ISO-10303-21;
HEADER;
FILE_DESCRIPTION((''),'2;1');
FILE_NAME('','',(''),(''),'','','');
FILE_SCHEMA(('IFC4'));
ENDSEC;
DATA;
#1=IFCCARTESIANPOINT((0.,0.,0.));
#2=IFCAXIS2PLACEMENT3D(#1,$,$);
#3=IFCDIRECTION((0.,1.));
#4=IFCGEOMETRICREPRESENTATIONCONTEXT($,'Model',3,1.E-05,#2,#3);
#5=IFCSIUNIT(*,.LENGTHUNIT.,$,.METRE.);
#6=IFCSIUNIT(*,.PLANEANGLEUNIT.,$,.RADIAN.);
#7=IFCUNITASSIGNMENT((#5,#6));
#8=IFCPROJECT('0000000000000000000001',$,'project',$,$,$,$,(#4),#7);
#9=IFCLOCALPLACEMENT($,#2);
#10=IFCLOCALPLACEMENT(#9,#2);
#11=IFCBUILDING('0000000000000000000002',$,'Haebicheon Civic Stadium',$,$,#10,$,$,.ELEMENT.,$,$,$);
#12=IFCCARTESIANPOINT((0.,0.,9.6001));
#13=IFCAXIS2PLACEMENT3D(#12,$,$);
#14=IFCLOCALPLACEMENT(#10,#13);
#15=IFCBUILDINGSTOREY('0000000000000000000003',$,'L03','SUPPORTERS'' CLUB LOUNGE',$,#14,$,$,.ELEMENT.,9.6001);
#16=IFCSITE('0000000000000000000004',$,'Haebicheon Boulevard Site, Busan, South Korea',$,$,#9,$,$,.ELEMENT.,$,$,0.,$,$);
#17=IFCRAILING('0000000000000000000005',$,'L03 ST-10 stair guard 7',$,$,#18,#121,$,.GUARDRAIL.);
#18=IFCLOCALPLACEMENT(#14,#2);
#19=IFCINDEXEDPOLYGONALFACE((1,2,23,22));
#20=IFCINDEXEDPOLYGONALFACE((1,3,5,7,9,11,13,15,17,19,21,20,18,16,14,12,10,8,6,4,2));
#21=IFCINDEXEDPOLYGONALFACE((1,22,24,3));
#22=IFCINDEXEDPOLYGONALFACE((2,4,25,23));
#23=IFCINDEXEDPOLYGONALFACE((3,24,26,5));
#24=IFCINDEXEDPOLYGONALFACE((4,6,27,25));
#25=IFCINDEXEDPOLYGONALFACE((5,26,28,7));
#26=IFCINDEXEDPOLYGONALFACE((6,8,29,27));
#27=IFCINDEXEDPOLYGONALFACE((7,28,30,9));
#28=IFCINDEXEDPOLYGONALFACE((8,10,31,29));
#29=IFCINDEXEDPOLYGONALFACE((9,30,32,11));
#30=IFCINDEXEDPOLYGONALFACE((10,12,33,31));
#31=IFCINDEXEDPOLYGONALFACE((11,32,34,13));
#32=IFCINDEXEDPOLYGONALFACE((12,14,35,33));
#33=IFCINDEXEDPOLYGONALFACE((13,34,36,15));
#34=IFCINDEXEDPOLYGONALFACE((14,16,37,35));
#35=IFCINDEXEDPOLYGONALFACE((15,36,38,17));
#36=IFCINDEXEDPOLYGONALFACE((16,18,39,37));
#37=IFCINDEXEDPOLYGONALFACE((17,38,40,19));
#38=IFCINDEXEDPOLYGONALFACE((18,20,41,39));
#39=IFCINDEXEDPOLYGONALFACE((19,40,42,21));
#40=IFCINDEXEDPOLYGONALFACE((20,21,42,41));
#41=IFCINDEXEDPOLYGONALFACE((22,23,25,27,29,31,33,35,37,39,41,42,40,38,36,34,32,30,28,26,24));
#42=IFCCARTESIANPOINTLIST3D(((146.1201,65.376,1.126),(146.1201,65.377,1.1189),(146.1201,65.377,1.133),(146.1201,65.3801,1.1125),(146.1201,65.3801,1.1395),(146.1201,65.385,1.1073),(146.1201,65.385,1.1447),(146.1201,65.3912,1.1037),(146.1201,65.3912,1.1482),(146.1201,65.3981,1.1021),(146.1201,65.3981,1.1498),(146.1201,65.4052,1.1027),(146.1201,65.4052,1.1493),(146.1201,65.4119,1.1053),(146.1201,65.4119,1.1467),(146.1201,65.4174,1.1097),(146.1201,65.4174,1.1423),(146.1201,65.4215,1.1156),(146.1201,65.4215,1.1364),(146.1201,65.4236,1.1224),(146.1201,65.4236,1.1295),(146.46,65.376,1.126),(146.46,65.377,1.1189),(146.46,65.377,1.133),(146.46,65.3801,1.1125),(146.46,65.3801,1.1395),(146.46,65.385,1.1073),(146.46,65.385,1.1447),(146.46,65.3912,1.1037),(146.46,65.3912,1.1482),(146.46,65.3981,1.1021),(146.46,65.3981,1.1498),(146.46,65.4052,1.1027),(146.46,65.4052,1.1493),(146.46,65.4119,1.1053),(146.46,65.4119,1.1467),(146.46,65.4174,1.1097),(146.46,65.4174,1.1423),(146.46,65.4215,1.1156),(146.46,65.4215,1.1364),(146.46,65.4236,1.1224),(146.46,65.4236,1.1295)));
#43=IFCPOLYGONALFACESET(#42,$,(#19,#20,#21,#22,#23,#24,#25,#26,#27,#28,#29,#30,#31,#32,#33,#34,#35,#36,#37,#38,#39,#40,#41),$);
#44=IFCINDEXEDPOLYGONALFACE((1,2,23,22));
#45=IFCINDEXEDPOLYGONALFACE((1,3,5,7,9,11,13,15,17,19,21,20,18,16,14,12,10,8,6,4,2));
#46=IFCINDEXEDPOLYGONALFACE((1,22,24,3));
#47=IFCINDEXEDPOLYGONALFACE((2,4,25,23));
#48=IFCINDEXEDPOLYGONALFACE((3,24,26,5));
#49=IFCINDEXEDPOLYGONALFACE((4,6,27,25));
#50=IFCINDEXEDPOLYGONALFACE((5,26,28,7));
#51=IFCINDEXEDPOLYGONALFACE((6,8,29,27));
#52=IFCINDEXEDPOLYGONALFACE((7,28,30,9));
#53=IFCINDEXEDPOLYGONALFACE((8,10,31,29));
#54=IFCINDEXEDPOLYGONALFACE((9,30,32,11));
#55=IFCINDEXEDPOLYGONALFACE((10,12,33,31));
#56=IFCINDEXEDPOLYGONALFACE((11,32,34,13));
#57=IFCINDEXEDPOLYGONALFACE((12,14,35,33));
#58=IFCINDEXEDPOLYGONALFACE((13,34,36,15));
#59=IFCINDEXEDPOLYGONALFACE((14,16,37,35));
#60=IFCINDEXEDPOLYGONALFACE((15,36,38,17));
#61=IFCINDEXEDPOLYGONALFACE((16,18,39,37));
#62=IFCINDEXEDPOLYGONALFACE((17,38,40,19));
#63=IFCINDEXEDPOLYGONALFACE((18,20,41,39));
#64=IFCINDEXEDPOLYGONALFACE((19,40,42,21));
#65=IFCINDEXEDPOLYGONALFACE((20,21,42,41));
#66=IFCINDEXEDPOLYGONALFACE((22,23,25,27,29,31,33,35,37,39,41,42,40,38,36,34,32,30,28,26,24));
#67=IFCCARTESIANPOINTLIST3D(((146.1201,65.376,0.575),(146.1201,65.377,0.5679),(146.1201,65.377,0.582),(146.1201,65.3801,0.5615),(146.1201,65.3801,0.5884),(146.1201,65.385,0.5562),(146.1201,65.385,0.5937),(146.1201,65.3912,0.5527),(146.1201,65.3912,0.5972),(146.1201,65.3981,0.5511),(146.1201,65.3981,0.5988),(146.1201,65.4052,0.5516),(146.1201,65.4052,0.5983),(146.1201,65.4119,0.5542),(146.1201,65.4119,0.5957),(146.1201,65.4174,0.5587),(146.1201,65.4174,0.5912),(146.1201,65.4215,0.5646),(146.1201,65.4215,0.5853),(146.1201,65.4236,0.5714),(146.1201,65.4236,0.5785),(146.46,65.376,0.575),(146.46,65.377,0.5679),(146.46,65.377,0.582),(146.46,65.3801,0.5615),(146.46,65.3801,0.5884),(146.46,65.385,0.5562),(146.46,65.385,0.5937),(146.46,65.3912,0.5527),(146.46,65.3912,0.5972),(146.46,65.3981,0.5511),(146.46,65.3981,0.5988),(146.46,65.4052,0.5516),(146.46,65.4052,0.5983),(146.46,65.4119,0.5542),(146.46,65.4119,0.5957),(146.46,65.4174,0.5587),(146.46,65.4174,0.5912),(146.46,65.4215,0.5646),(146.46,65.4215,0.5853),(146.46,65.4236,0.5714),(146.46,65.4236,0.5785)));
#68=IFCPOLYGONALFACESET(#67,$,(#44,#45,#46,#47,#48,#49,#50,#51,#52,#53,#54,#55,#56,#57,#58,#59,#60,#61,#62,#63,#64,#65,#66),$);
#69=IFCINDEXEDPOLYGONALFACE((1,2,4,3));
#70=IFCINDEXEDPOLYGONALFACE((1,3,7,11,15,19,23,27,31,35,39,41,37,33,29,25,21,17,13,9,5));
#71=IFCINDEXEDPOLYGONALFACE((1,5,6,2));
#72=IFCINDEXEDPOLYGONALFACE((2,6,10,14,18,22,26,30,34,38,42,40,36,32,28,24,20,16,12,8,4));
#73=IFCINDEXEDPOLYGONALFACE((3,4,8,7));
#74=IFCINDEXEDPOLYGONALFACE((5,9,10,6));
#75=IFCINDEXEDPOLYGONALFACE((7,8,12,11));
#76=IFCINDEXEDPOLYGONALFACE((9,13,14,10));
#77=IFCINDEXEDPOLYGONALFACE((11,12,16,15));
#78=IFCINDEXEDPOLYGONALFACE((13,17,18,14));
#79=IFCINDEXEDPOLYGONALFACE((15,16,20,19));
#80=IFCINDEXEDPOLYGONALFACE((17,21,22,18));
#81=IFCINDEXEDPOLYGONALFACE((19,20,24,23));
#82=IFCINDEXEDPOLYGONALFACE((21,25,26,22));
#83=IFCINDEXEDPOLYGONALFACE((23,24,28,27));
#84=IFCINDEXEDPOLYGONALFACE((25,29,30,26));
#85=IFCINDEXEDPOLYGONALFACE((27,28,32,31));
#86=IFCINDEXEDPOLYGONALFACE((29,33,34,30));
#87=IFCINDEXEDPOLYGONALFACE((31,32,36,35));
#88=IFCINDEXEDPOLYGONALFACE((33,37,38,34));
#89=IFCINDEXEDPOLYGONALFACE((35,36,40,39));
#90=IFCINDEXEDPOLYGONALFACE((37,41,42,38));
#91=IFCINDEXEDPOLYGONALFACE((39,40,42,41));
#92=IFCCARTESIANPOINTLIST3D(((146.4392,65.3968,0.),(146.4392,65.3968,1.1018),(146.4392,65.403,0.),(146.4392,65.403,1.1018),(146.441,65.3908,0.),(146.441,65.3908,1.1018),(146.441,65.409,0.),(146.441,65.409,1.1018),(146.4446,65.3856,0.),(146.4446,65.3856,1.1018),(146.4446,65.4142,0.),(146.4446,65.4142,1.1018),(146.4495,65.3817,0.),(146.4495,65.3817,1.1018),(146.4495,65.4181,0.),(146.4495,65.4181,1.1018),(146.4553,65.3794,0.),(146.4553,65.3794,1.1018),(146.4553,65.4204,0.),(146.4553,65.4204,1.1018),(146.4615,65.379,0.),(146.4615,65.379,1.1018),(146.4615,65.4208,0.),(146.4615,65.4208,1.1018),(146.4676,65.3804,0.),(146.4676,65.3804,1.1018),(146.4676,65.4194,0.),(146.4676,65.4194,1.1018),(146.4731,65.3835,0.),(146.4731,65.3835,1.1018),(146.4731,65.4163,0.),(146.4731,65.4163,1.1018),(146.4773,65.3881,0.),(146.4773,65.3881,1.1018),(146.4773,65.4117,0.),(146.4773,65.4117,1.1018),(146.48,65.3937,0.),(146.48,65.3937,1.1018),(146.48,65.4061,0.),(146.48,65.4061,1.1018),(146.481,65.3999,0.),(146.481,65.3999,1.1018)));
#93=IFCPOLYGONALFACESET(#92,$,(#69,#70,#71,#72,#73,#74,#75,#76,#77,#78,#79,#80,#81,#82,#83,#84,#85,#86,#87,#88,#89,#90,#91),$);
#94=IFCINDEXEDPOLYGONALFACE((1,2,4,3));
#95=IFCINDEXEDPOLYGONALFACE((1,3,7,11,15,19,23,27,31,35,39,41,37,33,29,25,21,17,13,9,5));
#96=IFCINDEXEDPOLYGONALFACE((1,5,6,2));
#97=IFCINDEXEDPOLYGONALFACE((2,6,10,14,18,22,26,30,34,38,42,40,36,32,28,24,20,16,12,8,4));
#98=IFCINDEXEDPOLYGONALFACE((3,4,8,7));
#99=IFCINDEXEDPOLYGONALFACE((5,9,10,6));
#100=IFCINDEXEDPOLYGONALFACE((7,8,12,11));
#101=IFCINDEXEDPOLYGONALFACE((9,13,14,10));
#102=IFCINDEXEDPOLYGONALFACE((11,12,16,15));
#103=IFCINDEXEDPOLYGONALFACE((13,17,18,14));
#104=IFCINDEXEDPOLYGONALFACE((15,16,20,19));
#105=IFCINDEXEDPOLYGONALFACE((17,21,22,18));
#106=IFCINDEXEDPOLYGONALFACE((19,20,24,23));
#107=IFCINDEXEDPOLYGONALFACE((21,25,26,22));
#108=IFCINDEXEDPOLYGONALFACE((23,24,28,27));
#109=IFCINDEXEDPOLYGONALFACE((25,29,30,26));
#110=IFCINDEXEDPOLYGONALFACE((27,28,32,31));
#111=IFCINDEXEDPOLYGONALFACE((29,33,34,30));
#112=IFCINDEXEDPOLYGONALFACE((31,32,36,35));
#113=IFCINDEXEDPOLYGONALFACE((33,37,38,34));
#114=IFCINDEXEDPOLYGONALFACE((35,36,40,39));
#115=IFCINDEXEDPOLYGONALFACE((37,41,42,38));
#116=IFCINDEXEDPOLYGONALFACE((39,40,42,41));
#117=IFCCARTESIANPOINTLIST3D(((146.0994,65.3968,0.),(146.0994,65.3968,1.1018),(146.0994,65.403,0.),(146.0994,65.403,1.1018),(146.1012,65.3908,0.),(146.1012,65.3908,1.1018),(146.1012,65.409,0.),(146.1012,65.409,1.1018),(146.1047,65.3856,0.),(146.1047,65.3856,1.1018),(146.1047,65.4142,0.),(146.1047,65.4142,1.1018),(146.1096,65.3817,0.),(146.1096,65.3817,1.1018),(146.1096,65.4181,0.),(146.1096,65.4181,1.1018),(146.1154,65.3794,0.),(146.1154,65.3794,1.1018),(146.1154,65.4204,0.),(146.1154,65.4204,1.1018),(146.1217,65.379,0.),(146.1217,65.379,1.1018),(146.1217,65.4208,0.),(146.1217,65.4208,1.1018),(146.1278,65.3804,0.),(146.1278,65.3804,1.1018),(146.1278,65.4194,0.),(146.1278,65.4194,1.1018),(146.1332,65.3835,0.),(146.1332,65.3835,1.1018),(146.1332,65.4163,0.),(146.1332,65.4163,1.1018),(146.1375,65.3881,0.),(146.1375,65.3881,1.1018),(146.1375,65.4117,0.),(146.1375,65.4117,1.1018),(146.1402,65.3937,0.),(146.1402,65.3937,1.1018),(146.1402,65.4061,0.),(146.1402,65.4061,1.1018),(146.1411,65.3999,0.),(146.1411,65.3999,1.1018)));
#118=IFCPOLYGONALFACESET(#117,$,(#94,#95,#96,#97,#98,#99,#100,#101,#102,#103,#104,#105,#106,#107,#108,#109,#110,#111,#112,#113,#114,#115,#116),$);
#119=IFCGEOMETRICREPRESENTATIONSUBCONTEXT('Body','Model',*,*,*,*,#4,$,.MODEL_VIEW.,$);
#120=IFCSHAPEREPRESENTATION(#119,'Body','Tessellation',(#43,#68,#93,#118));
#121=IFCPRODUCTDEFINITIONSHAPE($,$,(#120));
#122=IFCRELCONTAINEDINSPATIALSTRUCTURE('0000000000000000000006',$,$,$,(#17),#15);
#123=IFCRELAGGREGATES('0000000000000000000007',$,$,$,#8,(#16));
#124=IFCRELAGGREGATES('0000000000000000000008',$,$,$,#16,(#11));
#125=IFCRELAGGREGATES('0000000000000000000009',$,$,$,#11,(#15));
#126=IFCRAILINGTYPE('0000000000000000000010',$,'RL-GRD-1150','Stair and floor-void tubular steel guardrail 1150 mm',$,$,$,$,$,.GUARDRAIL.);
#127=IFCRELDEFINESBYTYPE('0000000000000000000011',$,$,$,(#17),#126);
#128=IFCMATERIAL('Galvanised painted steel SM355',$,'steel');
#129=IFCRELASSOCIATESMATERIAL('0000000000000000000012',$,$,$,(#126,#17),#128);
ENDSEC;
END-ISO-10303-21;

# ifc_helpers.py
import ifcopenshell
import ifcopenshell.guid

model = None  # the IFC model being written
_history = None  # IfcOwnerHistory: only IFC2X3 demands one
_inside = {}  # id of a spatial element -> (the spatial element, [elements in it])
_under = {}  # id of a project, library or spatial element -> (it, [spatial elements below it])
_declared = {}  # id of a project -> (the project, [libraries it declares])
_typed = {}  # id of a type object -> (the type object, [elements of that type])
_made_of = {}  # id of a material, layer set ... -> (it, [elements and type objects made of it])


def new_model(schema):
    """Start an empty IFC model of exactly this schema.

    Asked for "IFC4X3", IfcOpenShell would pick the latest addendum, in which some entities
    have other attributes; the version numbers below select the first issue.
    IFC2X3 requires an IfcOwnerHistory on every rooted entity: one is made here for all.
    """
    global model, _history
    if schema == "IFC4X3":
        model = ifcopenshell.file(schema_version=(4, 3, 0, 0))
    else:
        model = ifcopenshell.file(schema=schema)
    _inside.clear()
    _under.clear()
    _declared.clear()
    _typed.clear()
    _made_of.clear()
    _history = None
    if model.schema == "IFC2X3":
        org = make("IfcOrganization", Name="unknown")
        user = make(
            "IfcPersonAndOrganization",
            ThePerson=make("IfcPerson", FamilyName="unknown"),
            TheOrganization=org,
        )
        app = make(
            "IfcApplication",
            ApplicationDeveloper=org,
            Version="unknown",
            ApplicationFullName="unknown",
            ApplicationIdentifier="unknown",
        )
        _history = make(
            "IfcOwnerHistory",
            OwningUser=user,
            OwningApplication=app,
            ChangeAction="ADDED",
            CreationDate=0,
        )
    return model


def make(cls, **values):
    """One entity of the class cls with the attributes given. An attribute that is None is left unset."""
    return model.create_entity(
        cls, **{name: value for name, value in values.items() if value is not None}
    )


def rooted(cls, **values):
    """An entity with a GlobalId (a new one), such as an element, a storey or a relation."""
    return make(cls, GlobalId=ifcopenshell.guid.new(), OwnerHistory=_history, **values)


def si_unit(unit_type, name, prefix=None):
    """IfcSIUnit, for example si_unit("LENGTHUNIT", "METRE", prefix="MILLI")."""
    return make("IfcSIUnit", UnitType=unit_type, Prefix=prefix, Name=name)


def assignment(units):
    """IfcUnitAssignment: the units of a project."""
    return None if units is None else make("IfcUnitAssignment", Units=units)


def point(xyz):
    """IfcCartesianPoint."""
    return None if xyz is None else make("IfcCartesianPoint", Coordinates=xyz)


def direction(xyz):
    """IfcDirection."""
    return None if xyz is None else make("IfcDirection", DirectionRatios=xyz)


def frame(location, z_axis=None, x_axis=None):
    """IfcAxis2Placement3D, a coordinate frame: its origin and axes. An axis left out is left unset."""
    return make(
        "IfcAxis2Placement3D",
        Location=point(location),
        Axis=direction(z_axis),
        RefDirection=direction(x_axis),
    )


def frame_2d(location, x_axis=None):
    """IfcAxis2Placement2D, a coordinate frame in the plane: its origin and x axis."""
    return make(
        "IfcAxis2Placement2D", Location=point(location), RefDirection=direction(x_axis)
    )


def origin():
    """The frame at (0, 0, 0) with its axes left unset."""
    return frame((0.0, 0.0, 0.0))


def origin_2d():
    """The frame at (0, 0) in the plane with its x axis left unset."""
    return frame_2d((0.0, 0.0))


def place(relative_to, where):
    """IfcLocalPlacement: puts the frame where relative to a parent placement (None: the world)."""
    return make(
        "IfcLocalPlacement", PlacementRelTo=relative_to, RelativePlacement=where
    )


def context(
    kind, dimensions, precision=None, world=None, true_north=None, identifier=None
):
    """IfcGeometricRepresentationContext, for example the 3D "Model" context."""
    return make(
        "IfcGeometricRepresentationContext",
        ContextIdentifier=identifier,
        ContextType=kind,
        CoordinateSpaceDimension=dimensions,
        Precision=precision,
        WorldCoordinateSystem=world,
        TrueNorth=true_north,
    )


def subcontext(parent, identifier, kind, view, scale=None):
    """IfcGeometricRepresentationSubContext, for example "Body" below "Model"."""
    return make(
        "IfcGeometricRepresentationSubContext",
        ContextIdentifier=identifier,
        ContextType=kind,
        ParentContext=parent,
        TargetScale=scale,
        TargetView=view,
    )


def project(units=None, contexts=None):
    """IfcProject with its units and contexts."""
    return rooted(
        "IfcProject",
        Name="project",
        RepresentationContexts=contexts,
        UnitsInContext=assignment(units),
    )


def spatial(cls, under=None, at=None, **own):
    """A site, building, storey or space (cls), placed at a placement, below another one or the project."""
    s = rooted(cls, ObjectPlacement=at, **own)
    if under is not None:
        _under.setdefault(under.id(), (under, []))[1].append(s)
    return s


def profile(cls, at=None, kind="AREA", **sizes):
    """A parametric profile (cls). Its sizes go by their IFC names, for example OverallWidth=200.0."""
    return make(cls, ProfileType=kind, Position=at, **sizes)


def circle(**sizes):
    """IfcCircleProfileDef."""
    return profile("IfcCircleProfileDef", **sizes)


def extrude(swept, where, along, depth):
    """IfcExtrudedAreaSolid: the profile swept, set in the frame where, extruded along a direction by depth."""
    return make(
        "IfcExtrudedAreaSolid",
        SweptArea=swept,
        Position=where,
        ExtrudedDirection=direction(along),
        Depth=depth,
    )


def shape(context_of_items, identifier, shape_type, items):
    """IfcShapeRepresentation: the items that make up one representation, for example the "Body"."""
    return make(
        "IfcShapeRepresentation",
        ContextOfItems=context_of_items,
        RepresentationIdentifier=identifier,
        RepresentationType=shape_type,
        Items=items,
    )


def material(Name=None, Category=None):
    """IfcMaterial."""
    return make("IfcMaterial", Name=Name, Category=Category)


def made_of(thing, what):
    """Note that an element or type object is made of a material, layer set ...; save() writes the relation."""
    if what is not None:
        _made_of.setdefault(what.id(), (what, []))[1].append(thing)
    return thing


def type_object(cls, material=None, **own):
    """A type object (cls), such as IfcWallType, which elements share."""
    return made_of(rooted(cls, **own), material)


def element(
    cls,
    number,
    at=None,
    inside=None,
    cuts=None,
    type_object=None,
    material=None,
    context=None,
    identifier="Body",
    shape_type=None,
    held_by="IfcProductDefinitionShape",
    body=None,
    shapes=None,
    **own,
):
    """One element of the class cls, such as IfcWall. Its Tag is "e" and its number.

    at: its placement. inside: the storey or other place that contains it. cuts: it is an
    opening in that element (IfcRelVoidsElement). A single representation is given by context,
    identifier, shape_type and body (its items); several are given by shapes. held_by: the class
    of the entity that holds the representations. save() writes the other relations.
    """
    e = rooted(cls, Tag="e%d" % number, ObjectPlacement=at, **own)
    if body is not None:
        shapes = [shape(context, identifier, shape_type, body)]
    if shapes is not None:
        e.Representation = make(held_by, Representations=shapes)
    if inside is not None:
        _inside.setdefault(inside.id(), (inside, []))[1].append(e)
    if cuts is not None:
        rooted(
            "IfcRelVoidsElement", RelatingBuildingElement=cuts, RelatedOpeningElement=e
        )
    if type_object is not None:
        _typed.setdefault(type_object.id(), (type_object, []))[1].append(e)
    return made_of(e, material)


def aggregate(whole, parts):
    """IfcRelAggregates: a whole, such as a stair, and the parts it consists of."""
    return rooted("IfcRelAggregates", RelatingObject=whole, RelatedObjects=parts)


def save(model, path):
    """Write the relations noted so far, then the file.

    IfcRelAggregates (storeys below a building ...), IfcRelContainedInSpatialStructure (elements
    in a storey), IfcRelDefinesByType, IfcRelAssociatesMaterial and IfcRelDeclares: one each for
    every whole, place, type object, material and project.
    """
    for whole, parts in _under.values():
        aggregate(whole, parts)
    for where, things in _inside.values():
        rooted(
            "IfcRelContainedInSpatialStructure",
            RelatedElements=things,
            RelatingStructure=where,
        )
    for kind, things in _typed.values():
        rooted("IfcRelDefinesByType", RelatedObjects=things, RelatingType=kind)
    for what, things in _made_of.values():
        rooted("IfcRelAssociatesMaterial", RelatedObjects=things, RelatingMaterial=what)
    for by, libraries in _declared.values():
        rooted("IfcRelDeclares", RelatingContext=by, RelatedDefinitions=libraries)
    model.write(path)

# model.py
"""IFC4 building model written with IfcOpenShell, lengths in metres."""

from ifc_helpers import new_model, si_unit, direction, frame, origin, origin_2d, place, context, subcontext, project, spatial, circle, extrude, material, type_object, element, save


model = new_model("IFC4")

# Units and contexts
model_context = context("Model", 3, precision=1e-05, world=origin(), true_north=direction((0.0, 1.0)))
body_context = subcontext(model_context, "Body", "Model", "MODEL_VIEW")
ifc_project = project(units=[si_unit("LENGTHUNIT", "METRE"), si_unit("PLANEANGLEUNIT", "RADIAN")], contexts=[model_context])

# Site, building, storey
site_placement = place(None, origin())
site = spatial("IfcSite", under=ifc_project, at=site_placement, Name="Haebicheon Boulevard Site, Busan, South Korea", CompositionType="ELEMENT", RefElevation=0.0)
building_placement = place(site_placement, origin())
building = spatial("IfcBuilding", under=site, at=building_placement, Name="Haebicheon Civic Stadium", CompositionType="ELEMENT")
storey_placement = place(building_placement, frame((0.0, 0.0, 9.6001)))
storey = spatial("IfcBuildingStorey", under=building, at=storey_placement, Name="L03", Description="SUPPORTERS' CLUB LOUNGE", CompositionType="ELEMENT", Elevation=9.6001)

# Railing
ifc_material_1 = material(Name="Galvanised painted steel SM355", Category="steel")
railing_type_1 = type_object("IfcRailingType", Name="RL-GRD-1150", Description="Stair and floor-void tubular steel guardrail 1150 mm", PredefinedType="GUARDRAIL", material=ifc_material_1)
railing_1_placement = place(storey_placement, frame((146.46, 65.3999, 0.0)))
element("IfcRailing", 1, at=railing_1_placement, inside=storey, type_object=railing_type_1, material=ifc_material_1, Name="L03 ST-10 stair guard 7", PredefinedType="GUARDRAIL", context=body_context, shape_type="SweptSolid", body=[
    extrude(circle(Radius=0.0239, at=origin_2d()), frame((0.0, 0.0, 1.126), z_axis=(-1.0, 0.0, 0.0), x_axis=(0.0, -1.0, 0.0)), (0.0, 0.0, 1.0), 0.3398),
    extrude(circle(Radius=0.0239, at=origin_2d()), frame((0.0, 0.0, 0.575), z_axis=(-1.0, 0.0, 0.0), x_axis=(0.0, -1.0, 0.0)), (0.0, 0.0, 1.0), 0.3398),
    extrude(circle(Radius=0.021, at=origin_2d()), origin(), (0.0, 0.0, 1.0), 1.1018),
    extrude(circle(Radius=0.021, at=origin_2d()), frame((-0.3398, 0.0, 0.0)), (0.0, 0.0, 1.0), 1.1018),
])

save(model, "model.ifc")
